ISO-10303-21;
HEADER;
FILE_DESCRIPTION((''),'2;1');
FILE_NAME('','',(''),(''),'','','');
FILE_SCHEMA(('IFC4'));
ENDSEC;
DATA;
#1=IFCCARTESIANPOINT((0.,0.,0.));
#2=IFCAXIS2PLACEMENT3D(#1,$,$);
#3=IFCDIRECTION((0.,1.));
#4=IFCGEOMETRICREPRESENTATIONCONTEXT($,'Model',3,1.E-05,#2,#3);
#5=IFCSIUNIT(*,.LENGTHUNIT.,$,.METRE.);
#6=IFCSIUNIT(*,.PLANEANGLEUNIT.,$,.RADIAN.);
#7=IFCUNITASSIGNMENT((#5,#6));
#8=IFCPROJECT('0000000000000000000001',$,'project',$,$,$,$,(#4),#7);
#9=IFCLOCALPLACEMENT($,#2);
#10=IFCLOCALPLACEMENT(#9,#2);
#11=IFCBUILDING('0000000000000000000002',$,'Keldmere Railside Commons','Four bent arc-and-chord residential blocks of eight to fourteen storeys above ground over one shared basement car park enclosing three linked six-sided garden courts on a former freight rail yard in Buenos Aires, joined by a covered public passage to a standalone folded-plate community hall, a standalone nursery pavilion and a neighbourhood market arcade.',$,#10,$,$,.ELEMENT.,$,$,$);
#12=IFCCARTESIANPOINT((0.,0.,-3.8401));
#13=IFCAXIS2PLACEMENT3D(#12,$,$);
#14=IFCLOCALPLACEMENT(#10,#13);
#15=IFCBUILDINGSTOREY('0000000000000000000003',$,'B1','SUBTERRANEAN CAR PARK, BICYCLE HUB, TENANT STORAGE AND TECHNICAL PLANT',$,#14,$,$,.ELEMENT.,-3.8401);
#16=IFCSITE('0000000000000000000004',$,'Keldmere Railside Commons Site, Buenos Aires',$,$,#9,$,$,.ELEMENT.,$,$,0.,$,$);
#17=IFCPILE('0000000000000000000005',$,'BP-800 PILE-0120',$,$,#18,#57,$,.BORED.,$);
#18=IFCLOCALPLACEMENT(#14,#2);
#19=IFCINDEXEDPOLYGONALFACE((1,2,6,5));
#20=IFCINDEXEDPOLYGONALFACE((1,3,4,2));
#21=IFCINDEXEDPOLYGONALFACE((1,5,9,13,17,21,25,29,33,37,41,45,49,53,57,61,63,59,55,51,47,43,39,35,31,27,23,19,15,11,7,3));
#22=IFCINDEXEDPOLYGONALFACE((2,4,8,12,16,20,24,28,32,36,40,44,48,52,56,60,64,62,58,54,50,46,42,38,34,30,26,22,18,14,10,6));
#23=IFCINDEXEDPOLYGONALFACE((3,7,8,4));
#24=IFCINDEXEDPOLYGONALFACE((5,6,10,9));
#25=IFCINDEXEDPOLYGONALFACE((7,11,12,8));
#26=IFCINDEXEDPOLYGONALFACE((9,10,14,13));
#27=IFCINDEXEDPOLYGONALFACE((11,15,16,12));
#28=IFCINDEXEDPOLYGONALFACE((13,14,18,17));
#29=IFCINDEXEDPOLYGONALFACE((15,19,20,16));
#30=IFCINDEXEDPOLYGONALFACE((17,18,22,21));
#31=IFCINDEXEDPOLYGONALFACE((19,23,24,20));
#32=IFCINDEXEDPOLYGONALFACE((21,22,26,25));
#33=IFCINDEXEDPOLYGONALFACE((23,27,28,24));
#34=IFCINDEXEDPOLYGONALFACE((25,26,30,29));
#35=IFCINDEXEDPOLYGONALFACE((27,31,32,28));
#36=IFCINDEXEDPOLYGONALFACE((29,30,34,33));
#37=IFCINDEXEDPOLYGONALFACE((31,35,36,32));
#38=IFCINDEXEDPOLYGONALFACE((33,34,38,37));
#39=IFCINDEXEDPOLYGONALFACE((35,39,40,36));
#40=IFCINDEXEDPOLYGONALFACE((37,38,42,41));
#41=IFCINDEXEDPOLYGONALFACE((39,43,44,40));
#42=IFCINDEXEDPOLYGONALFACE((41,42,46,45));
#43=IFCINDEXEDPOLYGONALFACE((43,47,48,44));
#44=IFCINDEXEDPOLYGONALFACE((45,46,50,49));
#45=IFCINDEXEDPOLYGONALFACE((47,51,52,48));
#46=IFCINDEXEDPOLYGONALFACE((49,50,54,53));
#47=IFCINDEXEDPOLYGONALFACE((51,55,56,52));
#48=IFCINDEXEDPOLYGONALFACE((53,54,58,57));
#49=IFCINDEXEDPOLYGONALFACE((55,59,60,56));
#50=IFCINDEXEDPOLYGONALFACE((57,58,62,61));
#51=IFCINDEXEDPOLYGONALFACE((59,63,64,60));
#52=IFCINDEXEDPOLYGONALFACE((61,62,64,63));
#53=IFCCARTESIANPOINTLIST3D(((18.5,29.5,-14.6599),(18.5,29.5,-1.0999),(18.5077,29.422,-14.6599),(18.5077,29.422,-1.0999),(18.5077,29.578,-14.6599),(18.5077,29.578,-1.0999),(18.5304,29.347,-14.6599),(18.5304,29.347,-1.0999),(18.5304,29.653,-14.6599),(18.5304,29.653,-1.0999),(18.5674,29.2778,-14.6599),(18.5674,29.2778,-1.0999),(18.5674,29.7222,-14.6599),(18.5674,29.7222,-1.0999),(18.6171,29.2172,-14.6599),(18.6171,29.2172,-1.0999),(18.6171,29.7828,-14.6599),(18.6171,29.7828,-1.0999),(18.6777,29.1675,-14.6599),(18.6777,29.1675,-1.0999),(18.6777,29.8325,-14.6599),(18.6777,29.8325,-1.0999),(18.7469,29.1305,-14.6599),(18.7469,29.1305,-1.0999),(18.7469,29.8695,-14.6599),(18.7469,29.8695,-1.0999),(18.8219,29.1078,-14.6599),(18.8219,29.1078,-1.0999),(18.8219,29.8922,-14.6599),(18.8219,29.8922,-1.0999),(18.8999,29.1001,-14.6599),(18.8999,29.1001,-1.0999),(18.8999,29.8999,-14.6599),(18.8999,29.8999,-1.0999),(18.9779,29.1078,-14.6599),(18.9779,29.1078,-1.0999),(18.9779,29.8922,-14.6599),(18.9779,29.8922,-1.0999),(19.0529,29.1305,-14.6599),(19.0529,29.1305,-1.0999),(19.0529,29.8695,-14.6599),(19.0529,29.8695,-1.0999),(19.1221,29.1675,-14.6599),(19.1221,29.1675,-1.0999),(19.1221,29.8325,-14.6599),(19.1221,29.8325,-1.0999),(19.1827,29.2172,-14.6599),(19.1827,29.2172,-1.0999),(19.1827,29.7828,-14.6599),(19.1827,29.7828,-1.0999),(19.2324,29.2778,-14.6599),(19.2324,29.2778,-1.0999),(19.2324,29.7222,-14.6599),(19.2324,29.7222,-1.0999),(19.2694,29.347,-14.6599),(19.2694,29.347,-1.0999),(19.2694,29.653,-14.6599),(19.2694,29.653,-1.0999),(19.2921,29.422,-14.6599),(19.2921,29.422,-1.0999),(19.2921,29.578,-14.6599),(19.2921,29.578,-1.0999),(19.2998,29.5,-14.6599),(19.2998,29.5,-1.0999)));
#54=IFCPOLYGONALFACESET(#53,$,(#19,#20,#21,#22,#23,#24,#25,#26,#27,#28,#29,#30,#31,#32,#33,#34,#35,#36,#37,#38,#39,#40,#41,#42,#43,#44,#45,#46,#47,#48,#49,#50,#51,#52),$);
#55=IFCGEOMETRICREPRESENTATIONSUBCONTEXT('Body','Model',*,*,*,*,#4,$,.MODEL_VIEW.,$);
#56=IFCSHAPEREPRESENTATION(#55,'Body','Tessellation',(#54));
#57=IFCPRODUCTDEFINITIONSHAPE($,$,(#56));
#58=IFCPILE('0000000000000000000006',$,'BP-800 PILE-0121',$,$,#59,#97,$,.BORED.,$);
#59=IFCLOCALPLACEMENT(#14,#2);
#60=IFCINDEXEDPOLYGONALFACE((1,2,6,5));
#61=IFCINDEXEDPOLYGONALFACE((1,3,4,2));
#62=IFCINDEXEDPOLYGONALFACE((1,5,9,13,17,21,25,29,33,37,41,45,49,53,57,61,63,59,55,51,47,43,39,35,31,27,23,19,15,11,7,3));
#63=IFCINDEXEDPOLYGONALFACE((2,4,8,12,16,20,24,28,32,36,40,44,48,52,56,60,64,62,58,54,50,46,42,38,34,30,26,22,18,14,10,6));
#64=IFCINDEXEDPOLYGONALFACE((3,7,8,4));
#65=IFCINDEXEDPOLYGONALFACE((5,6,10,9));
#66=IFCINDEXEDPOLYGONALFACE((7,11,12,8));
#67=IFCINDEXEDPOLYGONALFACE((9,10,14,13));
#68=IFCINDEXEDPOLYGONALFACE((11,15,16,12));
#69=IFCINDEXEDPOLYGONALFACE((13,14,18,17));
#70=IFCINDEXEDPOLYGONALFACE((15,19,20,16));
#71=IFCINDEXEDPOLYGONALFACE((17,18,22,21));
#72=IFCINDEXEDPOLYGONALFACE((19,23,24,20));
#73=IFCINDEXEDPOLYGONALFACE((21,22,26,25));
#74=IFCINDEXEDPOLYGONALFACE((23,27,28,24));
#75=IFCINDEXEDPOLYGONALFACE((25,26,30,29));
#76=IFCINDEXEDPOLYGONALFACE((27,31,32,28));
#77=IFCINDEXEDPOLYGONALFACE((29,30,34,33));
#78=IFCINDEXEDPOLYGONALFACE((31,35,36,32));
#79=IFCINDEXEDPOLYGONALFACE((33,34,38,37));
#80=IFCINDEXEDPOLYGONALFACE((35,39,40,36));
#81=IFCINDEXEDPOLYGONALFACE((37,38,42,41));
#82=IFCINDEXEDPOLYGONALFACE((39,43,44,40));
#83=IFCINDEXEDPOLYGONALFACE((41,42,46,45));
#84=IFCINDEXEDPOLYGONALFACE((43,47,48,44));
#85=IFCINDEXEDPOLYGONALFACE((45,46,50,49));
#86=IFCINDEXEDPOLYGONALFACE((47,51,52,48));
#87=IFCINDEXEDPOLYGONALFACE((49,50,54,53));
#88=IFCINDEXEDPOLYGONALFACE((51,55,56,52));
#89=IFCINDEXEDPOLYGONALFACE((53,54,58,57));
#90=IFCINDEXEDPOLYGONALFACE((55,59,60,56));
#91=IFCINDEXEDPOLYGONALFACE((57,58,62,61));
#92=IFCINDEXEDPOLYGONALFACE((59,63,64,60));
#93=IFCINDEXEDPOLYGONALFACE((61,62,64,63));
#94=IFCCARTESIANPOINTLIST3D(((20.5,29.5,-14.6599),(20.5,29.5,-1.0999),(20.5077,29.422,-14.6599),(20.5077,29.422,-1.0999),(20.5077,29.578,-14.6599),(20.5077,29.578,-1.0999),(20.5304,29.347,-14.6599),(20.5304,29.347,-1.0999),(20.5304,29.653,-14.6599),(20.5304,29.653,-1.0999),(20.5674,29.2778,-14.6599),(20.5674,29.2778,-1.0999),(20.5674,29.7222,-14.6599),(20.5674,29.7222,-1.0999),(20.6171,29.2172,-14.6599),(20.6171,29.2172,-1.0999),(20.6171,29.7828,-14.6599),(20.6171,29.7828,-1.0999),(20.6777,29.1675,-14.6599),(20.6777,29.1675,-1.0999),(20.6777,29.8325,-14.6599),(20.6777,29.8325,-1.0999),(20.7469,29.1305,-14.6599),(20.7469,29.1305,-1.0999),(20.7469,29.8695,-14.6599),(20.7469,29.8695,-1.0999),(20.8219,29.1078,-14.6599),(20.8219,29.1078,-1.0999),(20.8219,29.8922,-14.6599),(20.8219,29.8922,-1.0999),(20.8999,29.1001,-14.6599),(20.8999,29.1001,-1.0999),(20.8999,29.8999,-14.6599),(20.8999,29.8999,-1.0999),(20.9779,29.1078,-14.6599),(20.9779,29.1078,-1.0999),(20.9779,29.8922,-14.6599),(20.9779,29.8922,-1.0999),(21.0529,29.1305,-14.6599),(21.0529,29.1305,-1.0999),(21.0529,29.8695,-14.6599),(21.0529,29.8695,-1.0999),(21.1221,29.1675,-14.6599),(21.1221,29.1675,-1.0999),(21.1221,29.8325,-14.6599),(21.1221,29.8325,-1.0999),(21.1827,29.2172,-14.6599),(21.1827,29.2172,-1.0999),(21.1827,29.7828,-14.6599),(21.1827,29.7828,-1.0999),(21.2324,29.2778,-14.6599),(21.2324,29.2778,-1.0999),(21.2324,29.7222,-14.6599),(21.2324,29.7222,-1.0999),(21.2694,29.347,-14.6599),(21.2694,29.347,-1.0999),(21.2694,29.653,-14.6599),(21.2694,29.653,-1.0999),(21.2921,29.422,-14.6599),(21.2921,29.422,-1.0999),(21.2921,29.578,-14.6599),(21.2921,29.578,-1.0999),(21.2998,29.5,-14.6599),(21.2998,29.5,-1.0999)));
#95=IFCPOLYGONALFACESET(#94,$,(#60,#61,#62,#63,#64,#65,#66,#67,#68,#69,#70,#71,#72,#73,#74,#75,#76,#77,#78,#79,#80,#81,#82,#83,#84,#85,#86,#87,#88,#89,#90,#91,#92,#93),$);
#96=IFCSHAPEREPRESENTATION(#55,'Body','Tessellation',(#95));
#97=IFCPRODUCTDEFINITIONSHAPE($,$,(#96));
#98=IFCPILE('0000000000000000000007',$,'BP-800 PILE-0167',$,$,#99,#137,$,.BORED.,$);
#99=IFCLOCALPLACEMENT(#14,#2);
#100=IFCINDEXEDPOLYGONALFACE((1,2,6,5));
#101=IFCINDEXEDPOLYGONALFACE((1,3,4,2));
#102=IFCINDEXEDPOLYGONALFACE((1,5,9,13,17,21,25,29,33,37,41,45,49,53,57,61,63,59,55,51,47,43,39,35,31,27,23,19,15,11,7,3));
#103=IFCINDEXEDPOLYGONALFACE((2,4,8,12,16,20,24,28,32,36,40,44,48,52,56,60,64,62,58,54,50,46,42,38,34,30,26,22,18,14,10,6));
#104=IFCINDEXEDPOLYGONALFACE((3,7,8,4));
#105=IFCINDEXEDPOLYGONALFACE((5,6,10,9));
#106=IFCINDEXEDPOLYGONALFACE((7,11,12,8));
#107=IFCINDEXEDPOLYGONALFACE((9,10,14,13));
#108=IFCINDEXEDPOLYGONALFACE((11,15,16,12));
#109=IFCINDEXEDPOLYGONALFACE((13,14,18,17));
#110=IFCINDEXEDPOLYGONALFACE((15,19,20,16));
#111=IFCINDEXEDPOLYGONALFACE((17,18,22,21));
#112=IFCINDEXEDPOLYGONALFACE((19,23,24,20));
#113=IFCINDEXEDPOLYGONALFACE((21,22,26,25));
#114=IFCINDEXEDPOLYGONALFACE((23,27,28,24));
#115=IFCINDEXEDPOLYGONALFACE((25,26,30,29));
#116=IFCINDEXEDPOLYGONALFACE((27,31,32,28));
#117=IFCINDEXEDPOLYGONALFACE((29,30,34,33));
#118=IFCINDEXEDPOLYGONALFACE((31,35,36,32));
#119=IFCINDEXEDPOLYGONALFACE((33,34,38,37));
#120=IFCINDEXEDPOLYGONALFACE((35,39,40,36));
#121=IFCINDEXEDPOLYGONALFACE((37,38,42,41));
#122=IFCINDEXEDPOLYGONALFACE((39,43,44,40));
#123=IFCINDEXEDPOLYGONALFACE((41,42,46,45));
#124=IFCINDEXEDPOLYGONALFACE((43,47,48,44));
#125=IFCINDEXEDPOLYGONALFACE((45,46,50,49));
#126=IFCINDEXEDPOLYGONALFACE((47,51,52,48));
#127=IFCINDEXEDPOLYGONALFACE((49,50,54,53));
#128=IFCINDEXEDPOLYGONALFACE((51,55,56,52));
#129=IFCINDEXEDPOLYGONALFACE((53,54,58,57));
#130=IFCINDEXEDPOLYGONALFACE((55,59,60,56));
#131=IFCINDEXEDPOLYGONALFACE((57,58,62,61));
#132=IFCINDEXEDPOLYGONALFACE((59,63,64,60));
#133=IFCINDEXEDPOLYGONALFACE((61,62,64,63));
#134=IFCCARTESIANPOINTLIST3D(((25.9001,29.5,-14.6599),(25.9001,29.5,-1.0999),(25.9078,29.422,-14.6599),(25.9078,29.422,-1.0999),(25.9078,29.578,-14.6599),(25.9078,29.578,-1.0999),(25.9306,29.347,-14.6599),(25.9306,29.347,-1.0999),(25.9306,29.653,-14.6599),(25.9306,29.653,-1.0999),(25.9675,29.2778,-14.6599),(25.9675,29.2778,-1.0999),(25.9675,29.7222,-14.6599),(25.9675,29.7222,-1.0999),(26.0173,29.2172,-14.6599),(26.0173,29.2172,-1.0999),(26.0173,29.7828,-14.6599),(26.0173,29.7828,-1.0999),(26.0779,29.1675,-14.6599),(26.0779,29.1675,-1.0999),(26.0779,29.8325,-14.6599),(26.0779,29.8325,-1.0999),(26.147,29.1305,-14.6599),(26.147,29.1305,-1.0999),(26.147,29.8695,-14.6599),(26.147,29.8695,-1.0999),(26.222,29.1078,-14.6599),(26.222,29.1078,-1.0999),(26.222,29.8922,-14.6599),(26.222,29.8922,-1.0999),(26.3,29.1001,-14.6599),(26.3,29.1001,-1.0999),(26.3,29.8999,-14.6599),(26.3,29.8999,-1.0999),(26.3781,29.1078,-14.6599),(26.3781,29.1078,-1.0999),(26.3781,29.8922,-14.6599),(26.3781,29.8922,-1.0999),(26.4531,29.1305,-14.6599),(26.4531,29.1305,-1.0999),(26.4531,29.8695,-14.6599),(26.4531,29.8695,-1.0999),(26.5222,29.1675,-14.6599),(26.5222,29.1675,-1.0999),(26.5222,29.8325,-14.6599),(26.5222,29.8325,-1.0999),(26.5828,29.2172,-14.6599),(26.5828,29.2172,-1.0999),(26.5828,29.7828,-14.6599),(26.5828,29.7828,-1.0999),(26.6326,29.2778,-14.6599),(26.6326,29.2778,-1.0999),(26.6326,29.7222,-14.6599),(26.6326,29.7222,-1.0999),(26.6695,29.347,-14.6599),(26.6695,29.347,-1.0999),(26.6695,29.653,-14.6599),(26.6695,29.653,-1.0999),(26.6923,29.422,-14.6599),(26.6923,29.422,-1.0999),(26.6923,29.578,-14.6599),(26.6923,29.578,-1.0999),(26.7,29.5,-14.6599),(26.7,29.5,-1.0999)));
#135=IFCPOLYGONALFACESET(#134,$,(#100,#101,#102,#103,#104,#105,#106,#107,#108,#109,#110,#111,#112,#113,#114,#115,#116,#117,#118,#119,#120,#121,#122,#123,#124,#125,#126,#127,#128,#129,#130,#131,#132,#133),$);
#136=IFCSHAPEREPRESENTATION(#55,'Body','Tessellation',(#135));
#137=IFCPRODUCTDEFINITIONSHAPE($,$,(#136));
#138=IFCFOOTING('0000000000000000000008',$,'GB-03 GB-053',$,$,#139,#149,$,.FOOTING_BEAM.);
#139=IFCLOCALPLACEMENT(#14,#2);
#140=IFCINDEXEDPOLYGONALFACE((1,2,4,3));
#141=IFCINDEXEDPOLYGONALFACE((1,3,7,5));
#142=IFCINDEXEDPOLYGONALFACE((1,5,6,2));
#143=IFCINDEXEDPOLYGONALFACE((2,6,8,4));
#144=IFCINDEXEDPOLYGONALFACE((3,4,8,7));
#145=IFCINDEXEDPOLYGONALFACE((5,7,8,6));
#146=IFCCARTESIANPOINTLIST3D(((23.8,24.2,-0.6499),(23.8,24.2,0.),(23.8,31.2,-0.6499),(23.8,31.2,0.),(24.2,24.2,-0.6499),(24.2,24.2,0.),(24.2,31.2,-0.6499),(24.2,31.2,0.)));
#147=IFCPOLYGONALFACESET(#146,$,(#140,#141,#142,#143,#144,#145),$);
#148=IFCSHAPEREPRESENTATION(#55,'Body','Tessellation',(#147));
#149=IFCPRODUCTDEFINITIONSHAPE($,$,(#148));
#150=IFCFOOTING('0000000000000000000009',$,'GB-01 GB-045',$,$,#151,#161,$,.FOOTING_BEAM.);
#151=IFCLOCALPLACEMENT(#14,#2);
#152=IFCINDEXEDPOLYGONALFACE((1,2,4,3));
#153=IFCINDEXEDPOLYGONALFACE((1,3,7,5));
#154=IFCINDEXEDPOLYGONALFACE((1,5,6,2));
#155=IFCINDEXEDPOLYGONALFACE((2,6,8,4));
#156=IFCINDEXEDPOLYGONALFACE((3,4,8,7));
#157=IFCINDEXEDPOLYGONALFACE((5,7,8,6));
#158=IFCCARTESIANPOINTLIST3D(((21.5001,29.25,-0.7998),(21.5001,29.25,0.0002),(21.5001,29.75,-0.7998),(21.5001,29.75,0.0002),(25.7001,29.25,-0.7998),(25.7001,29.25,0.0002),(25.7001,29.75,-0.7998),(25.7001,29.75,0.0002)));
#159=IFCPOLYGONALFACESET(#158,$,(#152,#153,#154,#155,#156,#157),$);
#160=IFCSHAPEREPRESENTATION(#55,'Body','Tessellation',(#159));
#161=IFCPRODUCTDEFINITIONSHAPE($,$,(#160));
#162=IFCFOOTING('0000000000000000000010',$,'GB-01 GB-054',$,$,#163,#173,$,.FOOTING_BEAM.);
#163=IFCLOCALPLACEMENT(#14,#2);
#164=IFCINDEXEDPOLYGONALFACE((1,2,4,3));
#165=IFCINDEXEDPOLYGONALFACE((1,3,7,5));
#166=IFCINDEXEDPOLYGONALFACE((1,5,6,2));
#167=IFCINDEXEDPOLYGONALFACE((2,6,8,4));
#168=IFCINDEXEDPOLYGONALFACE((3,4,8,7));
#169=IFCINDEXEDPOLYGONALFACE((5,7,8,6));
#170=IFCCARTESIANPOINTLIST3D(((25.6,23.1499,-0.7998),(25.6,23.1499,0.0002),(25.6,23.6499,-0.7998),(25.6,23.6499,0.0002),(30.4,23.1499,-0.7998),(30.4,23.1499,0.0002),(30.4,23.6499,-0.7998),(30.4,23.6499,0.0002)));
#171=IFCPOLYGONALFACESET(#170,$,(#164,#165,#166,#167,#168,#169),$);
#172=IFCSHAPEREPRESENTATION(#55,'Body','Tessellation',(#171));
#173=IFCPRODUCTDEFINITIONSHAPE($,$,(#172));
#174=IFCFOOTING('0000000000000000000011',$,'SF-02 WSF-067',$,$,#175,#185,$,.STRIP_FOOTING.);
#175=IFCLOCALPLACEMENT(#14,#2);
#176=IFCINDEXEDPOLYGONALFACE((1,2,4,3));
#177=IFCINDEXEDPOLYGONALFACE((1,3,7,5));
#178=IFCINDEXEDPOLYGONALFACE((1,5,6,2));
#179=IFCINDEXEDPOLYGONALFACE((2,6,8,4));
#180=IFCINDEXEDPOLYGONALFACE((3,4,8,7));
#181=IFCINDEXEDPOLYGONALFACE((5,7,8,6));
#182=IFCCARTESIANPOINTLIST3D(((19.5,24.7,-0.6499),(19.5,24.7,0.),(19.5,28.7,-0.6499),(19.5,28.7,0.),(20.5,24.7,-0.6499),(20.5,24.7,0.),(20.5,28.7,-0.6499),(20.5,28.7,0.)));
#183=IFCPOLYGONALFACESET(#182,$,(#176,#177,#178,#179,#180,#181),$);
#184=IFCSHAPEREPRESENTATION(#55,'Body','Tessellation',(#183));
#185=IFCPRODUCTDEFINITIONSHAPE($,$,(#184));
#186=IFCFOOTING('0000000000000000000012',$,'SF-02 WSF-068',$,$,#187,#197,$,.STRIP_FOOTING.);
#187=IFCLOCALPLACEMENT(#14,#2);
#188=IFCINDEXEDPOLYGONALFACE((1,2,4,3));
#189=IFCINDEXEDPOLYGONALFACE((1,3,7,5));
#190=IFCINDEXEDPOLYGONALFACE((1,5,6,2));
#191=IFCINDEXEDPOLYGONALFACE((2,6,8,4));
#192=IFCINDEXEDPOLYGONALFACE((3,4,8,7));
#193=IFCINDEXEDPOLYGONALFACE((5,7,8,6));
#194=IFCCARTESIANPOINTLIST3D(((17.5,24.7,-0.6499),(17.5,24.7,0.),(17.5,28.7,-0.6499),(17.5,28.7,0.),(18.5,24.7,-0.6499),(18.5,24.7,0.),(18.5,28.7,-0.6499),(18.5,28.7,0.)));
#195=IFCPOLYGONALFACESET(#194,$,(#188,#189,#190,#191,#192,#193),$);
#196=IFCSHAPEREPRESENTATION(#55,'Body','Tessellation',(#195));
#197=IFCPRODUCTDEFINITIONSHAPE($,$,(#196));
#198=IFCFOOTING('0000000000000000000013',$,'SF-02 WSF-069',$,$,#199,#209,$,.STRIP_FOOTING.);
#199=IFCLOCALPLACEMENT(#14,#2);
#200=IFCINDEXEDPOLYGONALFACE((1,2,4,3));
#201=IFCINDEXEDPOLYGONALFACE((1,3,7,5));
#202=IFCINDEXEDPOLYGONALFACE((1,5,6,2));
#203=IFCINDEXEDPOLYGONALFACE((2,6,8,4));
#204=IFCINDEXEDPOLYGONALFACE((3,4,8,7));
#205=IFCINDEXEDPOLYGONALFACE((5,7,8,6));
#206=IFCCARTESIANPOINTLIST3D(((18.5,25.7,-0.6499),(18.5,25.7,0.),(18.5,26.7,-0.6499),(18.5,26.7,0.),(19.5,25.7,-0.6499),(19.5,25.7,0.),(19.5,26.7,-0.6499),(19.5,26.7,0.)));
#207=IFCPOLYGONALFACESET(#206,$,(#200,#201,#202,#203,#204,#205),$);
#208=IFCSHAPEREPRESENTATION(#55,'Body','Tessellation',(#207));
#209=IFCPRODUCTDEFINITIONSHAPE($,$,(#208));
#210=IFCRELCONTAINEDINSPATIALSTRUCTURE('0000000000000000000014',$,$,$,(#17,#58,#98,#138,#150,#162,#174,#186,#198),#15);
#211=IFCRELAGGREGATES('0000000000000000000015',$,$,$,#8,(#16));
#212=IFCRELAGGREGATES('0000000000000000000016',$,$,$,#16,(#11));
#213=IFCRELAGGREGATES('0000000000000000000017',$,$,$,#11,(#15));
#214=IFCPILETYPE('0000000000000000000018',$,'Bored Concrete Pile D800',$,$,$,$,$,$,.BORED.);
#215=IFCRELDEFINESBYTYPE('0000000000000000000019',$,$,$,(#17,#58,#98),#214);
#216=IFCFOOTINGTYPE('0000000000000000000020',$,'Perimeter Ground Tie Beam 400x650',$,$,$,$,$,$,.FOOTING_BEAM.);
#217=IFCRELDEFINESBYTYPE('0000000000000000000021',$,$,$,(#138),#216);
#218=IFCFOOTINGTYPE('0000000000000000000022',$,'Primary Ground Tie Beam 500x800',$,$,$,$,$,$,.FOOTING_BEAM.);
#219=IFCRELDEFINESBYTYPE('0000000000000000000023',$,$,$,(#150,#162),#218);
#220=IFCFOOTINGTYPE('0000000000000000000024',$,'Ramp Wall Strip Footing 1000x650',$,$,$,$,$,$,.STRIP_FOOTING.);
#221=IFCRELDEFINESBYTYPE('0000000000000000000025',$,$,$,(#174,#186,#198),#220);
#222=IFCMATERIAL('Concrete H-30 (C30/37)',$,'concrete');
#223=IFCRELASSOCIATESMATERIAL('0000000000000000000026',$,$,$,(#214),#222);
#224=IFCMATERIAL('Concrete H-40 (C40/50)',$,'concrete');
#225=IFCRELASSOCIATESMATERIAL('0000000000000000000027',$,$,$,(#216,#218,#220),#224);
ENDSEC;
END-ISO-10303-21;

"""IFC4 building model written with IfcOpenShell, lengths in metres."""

from ifc_helpers import new_model, si_unit, direction, frame, origin, origin_2d, place, context, subcontext, project, spatial, rectangle, circle, extrude, material, material_profile, profile_set, type_object, element, save


model = new_model("IFC4")

# Units and contexts
model_context = context("Model", 3, precision=1e-05, world=origin(), true_north=direction((0.0, 1.0)))
body_context = subcontext(model_context, "Body", "Model", "MODEL_VIEW")
ifc_project = project(units=[si_unit("LENGTHUNIT", "METRE"), si_unit("PLANEANGLEUNIT", "RADIAN")], contexts=[model_context])

# Site, building, storey
site_placement = place(None, origin())
site = spatial("IfcSite", under=ifc_project, at=site_placement, Name="Keldmere Railside Commons Site, Buenos Aires", CompositionType="ELEMENT", RefElevation=0.0)
building_placement = place(site_placement, origin())
building = spatial("IfcBuilding", under=site, at=building_placement, Name="Keldmere Railside Commons", Description="Four bent arc-and-chord residential blocks of eight to fourteen storeys above ground over one shared basement car park enclosing three linked six-sided garden courts on a former freight rail yard in Buenos Aires, joined by a covered public passage to a standalone folded-plate community hall, a standalone nursery pavilion and a neighbourhood market arcade.", CompositionType="ELEMENT")
storey_placement = place(building_placement, frame((0.0, 0.0, -3.8401)))
storey = spatial("IfcBuildingStorey", under=building, at=storey_placement, Name="B1", Description="SUBTERRANEAN CAR PARK, BICYCLE HUB, TENANT STORAGE AND TECHNICAL PLANT", CompositionType="ELEMENT", Elevation=-3.8401)

# Piles
ifc_material_1 = material(Name="Concrete H-30 (C30/37)", Category="concrete")
ifc_material_profile_1 = material_profile(ifc_material_1, circle(Radius=0.3999, at=origin_2d()), Name="PILE-D800")
ifc_profile_set_1 = profile_set([ifc_material_profile_1], Name="Concrete H-30 (C30/37)")
pile_type = type_object("IfcPileType", Name="Bored Concrete Pile D800", PredefinedType="BORED", material=ifc_profile_set_1)
for number, where, z_axis, x_axis, name in (
    (1, (18.8999, 29.5, -1.0999), (0.0, 0.0, -1.0), (1.0, 0.0, 0.0), "BP-800 PILE-0120"),
    (2, (20.8999, 29.5, -1.0999), (0.0, 0.0, -1.0), (1.0, 0.0, 0.0), "BP-800 PILE-0121"),
    (3, (26.3, 29.5, -1.0999), (0.0, 0.0, -1.0), (1.0, 0.0, 0.0), "BP-800 PILE-0167"),
):
    element("IfcPile", number, at=place(storey_placement, frame(where, z_axis=z_axis, x_axis=x_axis)), inside=storey, type_object=pile_type, Name=name, PredefinedType="BORED", context=body_context, shape_type="SweptSolid", body=[
        extrude(circle(Radius=0.3999, at=origin_2d()), origin(), (0.0, 0.0, 1.0), 13.5601),
    ])

# Footings
ifc_material_2 = material(Name="Concrete H-40 (C40/50)", Category="concrete")
footing_type_1 = type_object("IfcFootingType", Name="Perimeter Ground Tie Beam 400x650", PredefinedType="FOOTING_BEAM", material=ifc_material_2)
footing_1_placement = place(storey_placement, frame((24.0, 27.7, -0.6499), z_axis=(0.0, 0.0, 1.0), x_axis=(0.0, 1.0, 0.0)))
element("IfcFooting", 4, at=footing_1_placement, inside=storey, type_object=footing_type_1, Name="GB-03 GB-053", PredefinedType="FOOTING_BEAM", context=body_context, shape_type="SweptSolid", body=[
    extrude(rectangle(XDim=7.0, YDim=0.3999, at=origin_2d()), origin(), (0.0, 0.0, 1.0), 0.6499),
])
footing_type_2 = type_object("IfcFootingType", Name="Primary Ground Tie Beam 500x800", PredefinedType="FOOTING_BEAM", material=ifc_material_2)
footing_2_placement = place(storey_placement, frame((23.6001, 29.5, -0.7998), z_axis=(0.0, 0.0, 1.0), x_axis=(1.0, 0.0, 0.0)))
element("IfcFooting", 5, at=footing_2_placement, inside=storey, type_object=footing_type_2, Name="GB-01 GB-045", PredefinedType="FOOTING_BEAM", context=body_context, shape_type="SweptSolid", body=[
    extrude(rectangle(XDim=4.2, YDim=0.5, at=origin_2d()), origin(), (0.0, 0.0, 1.0), 0.8),
])
footing_3_placement = place(storey_placement, frame((28.0, 23.3999, -0.7998), z_axis=(0.0, 0.0, 1.0), x_axis=(1.0, 0.0, 0.0)))
element("IfcFooting", 6, at=footing_3_placement, inside=storey, type_object=footing_type_2, Name="GB-01 GB-054", PredefinedType="FOOTING_BEAM", context=body_context, shape_type="SweptSolid", body=[
    extrude(rectangle(XDim=4.8, YDim=0.5, at=origin_2d()), origin(), (0.0, 0.0, 1.0), 0.8),
])
footing_type_3 = type_object("IfcFootingType", Name="Ramp Wall Strip Footing 1000x650", PredefinedType="STRIP_FOOTING", material=ifc_material_2)
for number, where, z_axis, x_axis, name in (
    (7, (20.0, 26.7, -0.6499), (0.0, 0.0, 1.0), (0.0, 1.0, 0.0), "SF-02 WSF-067"),
    (8, (18.0, 26.7, -0.6499), (0.0, 0.0, 1.0), (0.0, 1.0, 0.0), "SF-02 WSF-068"),
):
    element("IfcFooting", number, at=place(storey_placement, frame(where, z_axis=z_axis, x_axis=x_axis)), inside=storey, type_object=footing_type_3, Name=name, PredefinedType="STRIP_FOOTING", context=body_context, shape_type="SweptSolid", body=[
        extrude(rectangle(XDim=4.0, YDim=1.0, at=origin_2d()), origin(), (0.0, 0.0, 1.0), 0.6499),
    ])
footing_4_placement = place(storey_placement, frame((19.0, 26.2, -0.6499), z_axis=(0.0, 0.0, 1.0), x_axis=(1.0, 0.0, 0.0)))
element("IfcFooting", 9, at=footing_4_placement, inside=storey, type_object=footing_type_3, Name="SF-02 WSF-069", PredefinedType="STRIP_FOOTING", context=body_context, shape_type="SweptSolid", body=[
    extrude(rectangle(XDim=1.0, YDim=1.0, at=origin_2d()), origin(), (0.0, 0.0, 1.0), 0.6499),
])

save(model, "model.ifc")
